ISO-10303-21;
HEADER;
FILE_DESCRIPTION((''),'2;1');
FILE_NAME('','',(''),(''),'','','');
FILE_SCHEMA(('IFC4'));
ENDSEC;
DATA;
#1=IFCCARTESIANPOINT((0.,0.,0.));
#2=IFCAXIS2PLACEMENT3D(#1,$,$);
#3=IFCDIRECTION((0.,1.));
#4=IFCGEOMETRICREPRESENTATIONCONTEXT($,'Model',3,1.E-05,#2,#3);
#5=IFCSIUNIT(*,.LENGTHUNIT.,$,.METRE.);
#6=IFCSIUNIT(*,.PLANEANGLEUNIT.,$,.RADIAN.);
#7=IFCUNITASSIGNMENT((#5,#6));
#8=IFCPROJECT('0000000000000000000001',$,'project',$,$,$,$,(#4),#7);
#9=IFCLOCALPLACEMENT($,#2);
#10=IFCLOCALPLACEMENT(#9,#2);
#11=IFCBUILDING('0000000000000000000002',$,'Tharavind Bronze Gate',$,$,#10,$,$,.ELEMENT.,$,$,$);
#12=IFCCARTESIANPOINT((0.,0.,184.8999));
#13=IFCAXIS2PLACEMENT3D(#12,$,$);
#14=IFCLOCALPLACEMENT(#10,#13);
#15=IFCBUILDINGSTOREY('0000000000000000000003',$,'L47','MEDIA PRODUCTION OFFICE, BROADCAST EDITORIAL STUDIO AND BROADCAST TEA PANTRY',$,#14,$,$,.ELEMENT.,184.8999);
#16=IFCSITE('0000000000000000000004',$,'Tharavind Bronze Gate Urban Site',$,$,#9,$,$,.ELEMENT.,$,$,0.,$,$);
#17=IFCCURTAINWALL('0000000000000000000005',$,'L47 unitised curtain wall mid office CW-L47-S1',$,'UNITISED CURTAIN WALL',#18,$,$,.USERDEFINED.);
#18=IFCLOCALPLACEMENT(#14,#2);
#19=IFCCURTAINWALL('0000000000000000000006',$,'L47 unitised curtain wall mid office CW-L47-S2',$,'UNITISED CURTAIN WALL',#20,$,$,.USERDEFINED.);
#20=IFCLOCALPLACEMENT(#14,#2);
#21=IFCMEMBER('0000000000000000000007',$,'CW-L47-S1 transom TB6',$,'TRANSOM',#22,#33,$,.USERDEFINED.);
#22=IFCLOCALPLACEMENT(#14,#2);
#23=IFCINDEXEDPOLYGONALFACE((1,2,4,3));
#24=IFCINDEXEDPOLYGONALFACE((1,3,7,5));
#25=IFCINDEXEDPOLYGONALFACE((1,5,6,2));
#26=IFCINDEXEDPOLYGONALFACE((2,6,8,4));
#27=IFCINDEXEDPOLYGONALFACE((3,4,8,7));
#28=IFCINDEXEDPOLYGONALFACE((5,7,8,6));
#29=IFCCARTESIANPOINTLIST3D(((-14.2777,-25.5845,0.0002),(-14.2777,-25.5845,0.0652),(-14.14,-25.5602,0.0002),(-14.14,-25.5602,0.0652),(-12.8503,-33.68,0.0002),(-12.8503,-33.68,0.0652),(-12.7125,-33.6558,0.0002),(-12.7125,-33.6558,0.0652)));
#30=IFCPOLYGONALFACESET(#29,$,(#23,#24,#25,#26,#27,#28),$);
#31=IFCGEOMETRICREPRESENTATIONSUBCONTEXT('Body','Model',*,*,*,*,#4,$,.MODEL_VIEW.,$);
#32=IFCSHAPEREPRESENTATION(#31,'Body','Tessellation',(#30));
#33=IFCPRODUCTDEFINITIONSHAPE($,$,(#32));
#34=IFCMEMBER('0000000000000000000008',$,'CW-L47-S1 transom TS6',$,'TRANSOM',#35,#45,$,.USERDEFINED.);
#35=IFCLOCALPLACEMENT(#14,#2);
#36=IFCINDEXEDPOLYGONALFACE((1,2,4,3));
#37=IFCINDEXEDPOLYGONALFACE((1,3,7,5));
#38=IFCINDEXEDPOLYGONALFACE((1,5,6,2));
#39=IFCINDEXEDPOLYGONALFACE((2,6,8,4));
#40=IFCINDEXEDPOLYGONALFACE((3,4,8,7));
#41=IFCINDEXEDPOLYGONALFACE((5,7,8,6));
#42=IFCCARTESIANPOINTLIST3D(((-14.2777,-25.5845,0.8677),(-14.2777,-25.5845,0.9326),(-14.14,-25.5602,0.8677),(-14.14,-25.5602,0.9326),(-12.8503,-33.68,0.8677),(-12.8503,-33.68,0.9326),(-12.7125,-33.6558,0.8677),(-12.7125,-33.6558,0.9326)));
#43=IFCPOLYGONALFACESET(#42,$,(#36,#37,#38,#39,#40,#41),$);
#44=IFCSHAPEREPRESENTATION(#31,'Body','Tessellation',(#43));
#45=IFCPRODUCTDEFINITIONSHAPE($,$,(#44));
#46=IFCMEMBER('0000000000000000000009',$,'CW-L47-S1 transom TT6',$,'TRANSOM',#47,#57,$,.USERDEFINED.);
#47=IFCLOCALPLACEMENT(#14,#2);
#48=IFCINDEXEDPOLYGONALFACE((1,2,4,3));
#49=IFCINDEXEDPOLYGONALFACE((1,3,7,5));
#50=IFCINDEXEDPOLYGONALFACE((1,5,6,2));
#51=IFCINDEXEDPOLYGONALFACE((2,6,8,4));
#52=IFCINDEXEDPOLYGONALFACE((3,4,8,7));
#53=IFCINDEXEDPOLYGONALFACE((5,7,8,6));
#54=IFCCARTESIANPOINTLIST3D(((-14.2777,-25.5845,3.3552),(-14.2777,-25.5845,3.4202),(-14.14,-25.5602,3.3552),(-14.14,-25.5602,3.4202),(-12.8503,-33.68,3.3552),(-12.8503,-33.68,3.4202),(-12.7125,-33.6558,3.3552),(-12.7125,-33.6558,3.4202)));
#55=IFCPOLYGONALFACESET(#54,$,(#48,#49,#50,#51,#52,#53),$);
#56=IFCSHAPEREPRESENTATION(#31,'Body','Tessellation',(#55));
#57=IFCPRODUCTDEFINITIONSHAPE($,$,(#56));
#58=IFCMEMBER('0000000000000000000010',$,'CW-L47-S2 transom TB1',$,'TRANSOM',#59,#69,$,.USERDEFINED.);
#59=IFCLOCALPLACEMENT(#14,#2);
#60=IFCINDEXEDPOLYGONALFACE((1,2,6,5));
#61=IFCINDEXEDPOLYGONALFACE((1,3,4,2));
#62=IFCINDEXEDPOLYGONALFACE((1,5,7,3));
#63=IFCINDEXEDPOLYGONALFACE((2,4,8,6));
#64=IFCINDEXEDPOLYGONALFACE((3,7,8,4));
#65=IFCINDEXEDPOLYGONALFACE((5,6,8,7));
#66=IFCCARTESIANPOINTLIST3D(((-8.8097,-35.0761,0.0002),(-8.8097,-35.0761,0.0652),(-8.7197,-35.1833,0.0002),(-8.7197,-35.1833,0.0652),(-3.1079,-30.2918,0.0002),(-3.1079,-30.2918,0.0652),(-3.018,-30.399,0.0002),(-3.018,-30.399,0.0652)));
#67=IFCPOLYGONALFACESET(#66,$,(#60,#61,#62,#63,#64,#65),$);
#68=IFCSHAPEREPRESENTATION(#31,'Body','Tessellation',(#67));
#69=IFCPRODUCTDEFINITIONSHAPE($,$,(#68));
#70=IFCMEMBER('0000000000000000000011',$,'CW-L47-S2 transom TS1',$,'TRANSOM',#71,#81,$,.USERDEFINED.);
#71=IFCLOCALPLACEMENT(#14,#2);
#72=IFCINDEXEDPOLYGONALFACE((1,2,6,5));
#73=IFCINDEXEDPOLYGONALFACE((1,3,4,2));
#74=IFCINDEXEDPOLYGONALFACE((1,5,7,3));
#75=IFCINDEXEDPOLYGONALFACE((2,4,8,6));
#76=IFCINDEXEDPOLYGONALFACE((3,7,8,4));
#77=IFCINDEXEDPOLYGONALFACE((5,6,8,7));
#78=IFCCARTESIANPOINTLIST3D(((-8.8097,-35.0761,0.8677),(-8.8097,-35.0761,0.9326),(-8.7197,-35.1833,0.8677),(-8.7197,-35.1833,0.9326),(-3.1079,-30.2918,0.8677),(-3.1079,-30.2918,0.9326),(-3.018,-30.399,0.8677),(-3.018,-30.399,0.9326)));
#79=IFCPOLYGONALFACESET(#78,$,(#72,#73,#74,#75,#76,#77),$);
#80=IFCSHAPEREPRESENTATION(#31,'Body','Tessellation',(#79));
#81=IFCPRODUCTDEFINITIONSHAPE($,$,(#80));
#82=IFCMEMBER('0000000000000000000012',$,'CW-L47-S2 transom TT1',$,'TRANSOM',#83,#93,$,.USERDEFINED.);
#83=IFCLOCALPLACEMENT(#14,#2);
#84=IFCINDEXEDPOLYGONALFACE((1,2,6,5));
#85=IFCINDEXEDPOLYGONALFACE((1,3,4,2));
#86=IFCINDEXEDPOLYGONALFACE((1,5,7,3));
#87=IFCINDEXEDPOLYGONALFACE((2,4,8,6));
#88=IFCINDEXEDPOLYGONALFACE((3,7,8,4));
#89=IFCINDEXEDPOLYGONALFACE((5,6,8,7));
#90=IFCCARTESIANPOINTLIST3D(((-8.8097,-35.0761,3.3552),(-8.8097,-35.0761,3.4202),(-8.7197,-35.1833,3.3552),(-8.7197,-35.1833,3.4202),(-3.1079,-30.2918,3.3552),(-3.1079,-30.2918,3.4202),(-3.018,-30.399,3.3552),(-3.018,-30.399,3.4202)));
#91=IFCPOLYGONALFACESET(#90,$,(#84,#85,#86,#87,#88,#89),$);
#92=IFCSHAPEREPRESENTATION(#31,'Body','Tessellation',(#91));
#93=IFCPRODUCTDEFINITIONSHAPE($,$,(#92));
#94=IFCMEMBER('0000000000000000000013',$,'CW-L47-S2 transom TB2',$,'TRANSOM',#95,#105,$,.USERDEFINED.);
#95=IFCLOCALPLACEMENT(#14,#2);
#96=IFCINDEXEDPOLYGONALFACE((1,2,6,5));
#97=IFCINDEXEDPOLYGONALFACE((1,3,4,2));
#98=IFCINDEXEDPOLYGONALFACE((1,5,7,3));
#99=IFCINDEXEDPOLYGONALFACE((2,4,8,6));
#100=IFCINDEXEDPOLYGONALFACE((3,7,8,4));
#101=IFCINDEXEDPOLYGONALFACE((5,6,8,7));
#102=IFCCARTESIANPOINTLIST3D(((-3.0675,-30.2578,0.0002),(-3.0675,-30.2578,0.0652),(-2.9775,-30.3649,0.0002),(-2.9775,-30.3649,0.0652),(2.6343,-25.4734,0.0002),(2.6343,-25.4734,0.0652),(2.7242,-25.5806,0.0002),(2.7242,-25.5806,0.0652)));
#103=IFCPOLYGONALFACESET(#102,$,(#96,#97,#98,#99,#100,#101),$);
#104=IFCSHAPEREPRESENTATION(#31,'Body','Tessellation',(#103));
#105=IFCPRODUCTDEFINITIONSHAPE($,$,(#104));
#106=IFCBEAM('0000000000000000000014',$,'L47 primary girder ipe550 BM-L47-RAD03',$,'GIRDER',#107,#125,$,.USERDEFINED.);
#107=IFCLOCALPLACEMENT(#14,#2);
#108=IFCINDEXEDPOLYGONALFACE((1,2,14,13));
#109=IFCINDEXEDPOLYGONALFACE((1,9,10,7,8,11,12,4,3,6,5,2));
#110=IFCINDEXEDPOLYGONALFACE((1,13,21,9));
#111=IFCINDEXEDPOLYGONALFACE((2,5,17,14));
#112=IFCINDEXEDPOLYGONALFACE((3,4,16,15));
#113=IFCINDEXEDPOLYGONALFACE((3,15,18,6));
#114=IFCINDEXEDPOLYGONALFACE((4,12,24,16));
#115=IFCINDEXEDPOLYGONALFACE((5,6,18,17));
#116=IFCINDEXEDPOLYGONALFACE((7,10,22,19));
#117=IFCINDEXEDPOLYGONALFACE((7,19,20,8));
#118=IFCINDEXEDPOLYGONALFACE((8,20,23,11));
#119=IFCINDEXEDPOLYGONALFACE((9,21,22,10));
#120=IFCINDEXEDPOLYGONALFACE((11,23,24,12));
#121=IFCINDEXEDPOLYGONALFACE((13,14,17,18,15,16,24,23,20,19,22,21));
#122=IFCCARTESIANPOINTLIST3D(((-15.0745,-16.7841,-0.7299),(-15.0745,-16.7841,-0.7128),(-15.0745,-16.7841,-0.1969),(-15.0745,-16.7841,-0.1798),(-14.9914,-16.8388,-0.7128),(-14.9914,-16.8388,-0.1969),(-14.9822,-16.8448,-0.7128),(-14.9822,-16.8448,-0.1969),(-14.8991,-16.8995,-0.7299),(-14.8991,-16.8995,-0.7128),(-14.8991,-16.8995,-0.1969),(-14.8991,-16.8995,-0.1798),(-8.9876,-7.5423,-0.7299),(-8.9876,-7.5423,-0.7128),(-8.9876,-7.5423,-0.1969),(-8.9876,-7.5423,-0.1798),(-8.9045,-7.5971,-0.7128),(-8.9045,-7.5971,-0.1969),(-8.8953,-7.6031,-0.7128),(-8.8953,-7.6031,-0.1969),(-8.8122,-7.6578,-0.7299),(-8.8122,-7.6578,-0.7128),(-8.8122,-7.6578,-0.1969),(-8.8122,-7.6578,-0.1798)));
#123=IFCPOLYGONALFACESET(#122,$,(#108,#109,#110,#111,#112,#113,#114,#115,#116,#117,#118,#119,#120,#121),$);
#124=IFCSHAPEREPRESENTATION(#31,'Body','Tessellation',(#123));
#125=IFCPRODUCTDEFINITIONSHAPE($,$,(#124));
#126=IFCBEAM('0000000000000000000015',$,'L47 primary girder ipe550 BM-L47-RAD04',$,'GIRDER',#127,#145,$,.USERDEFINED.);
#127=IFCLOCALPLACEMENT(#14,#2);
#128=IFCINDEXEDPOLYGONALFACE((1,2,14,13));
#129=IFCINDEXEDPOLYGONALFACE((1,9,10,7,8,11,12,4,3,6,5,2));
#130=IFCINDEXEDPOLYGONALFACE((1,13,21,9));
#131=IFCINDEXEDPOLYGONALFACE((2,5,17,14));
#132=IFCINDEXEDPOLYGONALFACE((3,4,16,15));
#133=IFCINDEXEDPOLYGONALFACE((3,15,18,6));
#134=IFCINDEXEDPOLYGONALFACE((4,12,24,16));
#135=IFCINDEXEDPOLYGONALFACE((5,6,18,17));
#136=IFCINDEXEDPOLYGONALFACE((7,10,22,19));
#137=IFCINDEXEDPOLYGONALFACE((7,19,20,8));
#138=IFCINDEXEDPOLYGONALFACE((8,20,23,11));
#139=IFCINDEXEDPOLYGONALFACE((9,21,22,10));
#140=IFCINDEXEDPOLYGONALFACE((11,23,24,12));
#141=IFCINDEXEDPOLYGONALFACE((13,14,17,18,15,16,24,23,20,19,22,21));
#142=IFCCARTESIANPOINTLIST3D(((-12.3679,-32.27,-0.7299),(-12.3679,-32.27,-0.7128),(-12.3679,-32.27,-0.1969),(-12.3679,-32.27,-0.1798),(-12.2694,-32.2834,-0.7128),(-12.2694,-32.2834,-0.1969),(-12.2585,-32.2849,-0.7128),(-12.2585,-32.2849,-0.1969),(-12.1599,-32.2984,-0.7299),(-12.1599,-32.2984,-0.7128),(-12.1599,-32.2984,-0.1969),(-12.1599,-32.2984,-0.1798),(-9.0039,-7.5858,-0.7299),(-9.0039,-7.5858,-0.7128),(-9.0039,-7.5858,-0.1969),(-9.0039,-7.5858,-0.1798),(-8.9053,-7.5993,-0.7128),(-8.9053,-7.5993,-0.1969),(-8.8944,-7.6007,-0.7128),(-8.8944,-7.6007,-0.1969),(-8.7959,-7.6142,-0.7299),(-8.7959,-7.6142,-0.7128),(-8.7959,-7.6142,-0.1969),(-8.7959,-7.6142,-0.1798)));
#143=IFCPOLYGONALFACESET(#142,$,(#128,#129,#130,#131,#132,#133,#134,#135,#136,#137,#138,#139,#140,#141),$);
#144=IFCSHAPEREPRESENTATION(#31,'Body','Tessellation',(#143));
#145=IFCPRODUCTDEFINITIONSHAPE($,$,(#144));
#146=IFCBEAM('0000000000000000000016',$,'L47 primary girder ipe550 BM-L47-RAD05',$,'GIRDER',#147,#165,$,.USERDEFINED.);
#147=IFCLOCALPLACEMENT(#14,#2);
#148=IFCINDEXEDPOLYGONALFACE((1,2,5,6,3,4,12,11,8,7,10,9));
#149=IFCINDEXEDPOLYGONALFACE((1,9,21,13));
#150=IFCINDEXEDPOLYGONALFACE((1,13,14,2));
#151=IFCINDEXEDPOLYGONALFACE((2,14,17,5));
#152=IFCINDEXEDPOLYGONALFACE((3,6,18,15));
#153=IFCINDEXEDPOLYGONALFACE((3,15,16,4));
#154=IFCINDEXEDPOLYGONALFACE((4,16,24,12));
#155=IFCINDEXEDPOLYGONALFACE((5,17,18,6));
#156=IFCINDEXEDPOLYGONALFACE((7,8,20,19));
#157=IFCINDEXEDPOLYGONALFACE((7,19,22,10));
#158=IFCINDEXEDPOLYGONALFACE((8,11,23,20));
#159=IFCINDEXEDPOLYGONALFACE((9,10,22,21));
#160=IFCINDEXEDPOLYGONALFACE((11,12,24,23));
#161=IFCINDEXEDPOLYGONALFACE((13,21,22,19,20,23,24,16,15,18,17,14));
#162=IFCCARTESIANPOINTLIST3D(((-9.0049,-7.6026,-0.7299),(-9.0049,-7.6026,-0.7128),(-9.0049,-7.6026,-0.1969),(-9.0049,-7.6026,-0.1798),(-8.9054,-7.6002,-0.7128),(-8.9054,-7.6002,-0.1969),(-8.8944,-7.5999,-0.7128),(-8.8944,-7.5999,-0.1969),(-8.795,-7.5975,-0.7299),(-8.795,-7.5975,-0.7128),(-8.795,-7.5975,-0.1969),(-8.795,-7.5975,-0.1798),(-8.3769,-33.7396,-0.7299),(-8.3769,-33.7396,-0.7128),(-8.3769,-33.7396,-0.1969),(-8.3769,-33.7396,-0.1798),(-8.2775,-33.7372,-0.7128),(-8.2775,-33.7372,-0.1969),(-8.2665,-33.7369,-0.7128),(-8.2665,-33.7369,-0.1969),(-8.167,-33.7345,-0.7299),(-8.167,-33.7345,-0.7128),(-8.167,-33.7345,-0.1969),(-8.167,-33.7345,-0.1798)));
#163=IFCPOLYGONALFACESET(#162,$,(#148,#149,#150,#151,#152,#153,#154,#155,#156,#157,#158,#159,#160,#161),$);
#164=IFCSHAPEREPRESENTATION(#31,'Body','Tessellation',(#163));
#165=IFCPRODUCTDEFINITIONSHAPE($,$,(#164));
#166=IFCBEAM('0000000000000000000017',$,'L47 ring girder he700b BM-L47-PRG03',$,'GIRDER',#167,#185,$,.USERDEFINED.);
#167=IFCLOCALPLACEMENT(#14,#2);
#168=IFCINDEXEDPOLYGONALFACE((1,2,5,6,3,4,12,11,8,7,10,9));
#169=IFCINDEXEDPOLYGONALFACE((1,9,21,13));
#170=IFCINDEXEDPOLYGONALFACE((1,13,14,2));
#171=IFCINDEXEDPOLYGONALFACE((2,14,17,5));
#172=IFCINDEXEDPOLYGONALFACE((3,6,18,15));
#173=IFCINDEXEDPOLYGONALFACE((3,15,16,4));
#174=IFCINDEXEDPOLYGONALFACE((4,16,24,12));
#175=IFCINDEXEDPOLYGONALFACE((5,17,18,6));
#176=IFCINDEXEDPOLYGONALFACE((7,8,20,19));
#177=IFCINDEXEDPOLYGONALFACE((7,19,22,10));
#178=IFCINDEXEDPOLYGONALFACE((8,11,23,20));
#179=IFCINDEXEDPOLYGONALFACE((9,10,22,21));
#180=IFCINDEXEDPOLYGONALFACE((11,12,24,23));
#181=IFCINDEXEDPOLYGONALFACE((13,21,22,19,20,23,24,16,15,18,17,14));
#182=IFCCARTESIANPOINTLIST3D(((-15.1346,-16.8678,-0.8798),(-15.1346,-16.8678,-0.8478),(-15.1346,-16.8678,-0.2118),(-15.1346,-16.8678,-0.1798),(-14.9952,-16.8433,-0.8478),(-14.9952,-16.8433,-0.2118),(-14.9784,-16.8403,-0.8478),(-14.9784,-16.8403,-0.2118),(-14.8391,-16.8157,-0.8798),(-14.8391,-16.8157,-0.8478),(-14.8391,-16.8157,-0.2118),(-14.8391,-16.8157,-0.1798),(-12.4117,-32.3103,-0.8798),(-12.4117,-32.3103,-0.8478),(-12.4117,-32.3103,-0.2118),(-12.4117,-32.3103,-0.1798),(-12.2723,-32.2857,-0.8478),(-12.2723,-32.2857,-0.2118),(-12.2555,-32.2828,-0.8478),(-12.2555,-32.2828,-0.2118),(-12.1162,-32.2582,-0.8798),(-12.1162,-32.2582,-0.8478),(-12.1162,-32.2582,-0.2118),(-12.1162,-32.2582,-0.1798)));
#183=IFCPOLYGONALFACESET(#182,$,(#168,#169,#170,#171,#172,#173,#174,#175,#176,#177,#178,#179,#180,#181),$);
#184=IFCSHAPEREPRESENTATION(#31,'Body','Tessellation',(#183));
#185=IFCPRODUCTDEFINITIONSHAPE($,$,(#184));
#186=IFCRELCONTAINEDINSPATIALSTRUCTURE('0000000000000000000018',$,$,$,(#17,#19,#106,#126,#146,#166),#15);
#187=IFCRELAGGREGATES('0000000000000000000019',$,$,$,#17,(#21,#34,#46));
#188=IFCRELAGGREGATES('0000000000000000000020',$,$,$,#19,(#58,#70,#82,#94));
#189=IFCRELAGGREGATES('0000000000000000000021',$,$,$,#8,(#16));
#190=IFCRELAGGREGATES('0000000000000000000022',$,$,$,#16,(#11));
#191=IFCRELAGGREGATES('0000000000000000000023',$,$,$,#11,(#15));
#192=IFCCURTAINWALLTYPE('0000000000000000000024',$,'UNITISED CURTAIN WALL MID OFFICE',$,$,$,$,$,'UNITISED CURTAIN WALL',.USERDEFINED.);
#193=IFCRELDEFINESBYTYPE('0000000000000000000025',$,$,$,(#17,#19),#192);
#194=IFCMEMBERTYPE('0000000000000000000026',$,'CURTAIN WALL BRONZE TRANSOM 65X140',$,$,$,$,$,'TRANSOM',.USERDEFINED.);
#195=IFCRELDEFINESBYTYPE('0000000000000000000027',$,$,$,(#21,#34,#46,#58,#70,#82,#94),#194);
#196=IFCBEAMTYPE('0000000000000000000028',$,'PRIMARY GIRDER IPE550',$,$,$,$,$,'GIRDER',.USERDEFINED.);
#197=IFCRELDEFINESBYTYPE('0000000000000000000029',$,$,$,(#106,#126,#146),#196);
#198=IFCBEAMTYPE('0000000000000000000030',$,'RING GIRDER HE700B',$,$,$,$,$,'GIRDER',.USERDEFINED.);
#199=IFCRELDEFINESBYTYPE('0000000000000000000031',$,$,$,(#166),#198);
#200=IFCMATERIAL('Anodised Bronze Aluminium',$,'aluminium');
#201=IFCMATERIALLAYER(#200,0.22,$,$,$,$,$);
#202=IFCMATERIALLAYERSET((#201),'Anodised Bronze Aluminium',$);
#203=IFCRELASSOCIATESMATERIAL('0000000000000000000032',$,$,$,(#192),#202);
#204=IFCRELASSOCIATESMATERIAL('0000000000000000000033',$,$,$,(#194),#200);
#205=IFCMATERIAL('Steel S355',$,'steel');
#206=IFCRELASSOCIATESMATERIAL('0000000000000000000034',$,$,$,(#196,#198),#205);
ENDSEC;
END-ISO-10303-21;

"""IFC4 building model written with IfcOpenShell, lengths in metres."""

from ifc_helpers import new_model, si_unit, direction, frame, origin, origin_2d, place, context, subcontext, project, spatial, rectangle, i_section, extrude, material, layer, layer_set, material_profile, profile_set, type_object, element, aggregate, save


model = new_model("IFC4")

# Units and contexts
model_context = context("Model", 3, precision=1e-05, world=origin(), true_north=direction((0.0, 1.0)))
body_context = subcontext(model_context, "Body", "Model", "MODEL_VIEW")
ifc_project = project(units=[si_unit("LENGTHUNIT", "METRE"), si_unit("PLANEANGLEUNIT", "RADIAN")], contexts=[model_context])

# Site, building, storey
site_placement = place(None, origin())
site = spatial("IfcSite", under=ifc_project, at=site_placement, Name="Tharavind Bronze Gate Urban Site", CompositionType="ELEMENT", RefElevation=0.0)
building_placement = place(site_placement, origin())
building = spatial("IfcBuilding", under=site, at=building_placement, Name="Tharavind Bronze Gate", CompositionType="ELEMENT")
storey_placement = place(building_placement, frame((0.0, 0.0, 184.8999)))
storey = spatial("IfcBuildingStorey", under=building, at=storey_placement, Name="L47", Description="MEDIA PRODUCTION OFFICE, BROADCAST EDITORIAL STUDIO AND BROADCAST TEA PANTRY", CompositionType="ELEMENT", Elevation=184.8999)

# Curtain walls
ifc_material_1 = material(Name="Anodised Bronze Aluminium", Category="aluminium")
ifc_layer_1 = layer(ifc_material_1, 0.22)
ifc_layer_set_1 = layer_set([ifc_layer_1], Name="Anodised Bronze Aluminium")
curtain_wall_type = type_object("IfcCurtainWallType", Name="UNITISED CURTAIN WALL MID OFFICE", ElementType="UNITISED CURTAIN WALL", PredefinedType="USERDEFINED", material=ifc_layer_set_1)
curtain_wall_1_placement = place(storey_placement, origin())
curtain_wall_1 = element("IfcCurtainWall", 1, at=curtain_wall_1_placement, inside=storey, type_object=curtain_wall_type, Name="L47 unitised curtain wall mid office CW-L47-S1", ObjectType="UNITISED CURTAIN WALL", PredefinedType="USERDEFINED")
curtain_wall_2_placement = place(storey_placement, origin())
curtain_wall_2 = element("IfcCurtainWall", 2, at=curtain_wall_2_placement, inside=storey, type_object=curtain_wall_type, Name="L47 unitised curtain wall mid office CW-L47-S2", ObjectType="UNITISED CURTAIN WALL", PredefinedType="USERDEFINED")

# Members
member_type_1 = type_object("IfcMemberType", Name="CURTAIN WALL BRONZE TRANSOM 65X140", ElementType="TRANSOM", PredefinedType="USERDEFINED", material=ifc_material_1)
member_1_placement = place(storey_placement, frame((-13.4951, -29.6201, 0.0002), z_axis=(0.0, 0.0, 1.0), x_axis=(0.173648, -0.984808, 0.0)))
member_1 = element("IfcMember", 3, at=member_1_placement, type_object=member_type_1, Name="CW-L47-S1 transom TB6", ObjectType="TRANSOM", PredefinedType="USERDEFINED", context=body_context, shape_type="SweptSolid", body=[
    extrude(rectangle(XDim=8.2205, YDim=0.1399, at=origin_2d()), origin(), (0.0, 0.0, 1.0), 0.0649),
])
member_2_placement = place(storey_placement, frame((-13.4951, -29.6201, 0.8677), z_axis=(0.0, 0.0, 1.0), x_axis=(0.173648, -0.984808, 0.0)))
member_2 = element("IfcMember", 4, at=member_2_placement, type_object=member_type_1, Name="CW-L47-S1 transom TS6", ObjectType="TRANSOM", PredefinedType="USERDEFINED", context=body_context, shape_type="SweptSolid", body=[
    extrude(rectangle(XDim=8.2205, YDim=0.1399, at=origin_2d()), origin(), (0.0, 0.0, 1.0), 0.0649),
])
member_3_placement = place(storey_placement, frame((-13.4951, -29.6201, 3.3552), z_axis=(0.0, 0.0, 1.0), x_axis=(0.173648, -0.984808, 0.0)))
member_3 = element("IfcMember", 5, at=member_3_placement, type_object=member_type_1, Name="CW-L47-S1 transom TT6", ObjectType="TRANSOM", PredefinedType="USERDEFINED", context=body_context, shape_type="SweptSolid", body=[
    extrude(rectangle(XDim=8.2205, YDim=0.1399, at=origin_2d()), origin(), (0.0, 0.0, 1.0), 0.0649),
])
member_4_placement = place(storey_placement, frame((-5.9138, -32.7375, 0.0002), z_axis=(0.0, 0.0, 1.0), x_axis=(0.766043, 0.642789, 0.0)))
member_4 = element("IfcMember", 6, at=member_4_placement, type_object=member_type_1, Name="CW-L47-S2 transom TB1", ObjectType="TRANSOM", PredefinedType="USERDEFINED", context=body_context, shape_type="SweptSolid", body=[
    extrude(rectangle(XDim=7.4431, YDim=0.1399, at=origin_2d()), origin(), (0.0, 0.0, 1.0), 0.0649),
])
member_5_placement = place(storey_placement, frame((-5.9138, -32.7375, 0.8677), z_axis=(0.0, 0.0, 1.0), x_axis=(0.766043, 0.642789, 0.0)))
member_5 = element("IfcMember", 7, at=member_5_placement, type_object=member_type_1, Name="CW-L47-S2 transom TS1", ObjectType="TRANSOM", PredefinedType="USERDEFINED", context=body_context, shape_type="SweptSolid", body=[
    extrude(rectangle(XDim=7.4431, YDim=0.1399, at=origin_2d()), origin(), (0.0, 0.0, 1.0), 0.0649),
])
member_6_placement = place(storey_placement, frame((-5.9138, -32.7375, 3.3552), z_axis=(0.0, 0.0, 1.0), x_axis=(0.766043, 0.642789, 0.0)))
member_6 = element("IfcMember", 8, at=member_6_placement, type_object=member_type_1, Name="CW-L47-S2 transom TT1", ObjectType="TRANSOM", PredefinedType="USERDEFINED", context=body_context, shape_type="SweptSolid", body=[
    extrude(rectangle(XDim=7.4431, YDim=0.1399, at=origin_2d()), origin(), (0.0, 0.0, 1.0), 0.0649),
])
member_7_placement = place(storey_placement, frame((-0.1716, -27.9192, 0.0002), z_axis=(0.0, 0.0, 1.0), x_axis=(0.766043, 0.642789, 0.0)))
member_7 = element("IfcMember", 9, at=member_7_placement, type_object=member_type_1, Name="CW-L47-S2 transom TB2", ObjectType="TRANSOM", PredefinedType="USERDEFINED", context=body_context, shape_type="SweptSolid", body=[
    extrude(rectangle(XDim=7.4431, YDim=0.1399, at=origin_2d()), origin(), (0.0, 0.0, 1.0), 0.0649),
])

# Beams
ifc_material_2 = material(Name="Steel S355", Category="steel")
ifc_material_profile_1 = material_profile(ifc_material_2, i_section(OverallWidth=0.21, OverallDepth=0.55, WebThickness=0.011, FlangeThickness=0.0171, at=origin_2d()), Name="IPE550")
ifc_profile_set_1 = profile_set([ifc_material_profile_1], Name="Steel S355")
beam_type_1 = type_object("IfcBeamType", Name="PRIMARY GIRDER IPE550", ElementType="GIRDER", PredefinedType="USERDEFINED", material=ifc_profile_set_1)
beam_1_placement = place(storey_placement, frame((-14.9868, -16.8418, -0.4548), z_axis=(0.550048, 0.835133, 0.0), x_axis=(-0.835133, 0.550048, 0.0)))
element("IfcBeam", 10, at=beam_1_placement, inside=storey, type_object=beam_type_1, Name="L47 primary girder ipe550 BM-L47-RAD03", ObjectType="GIRDER", PredefinedType="USERDEFINED", context=body_context, shape_type="SweptSolid", body=[
    extrude(i_section(OverallWidth=0.21, OverallDepth=0.55, WebThickness=0.011, FlangeThickness=0.0171, at=origin_2d()), origin(), (0.0, 0.0, 1.0), 11.0662),
])
beam_2_placement = place(storey_placement, frame((-12.2639, -32.2842, -0.4548), z_axis=(0.135034, 0.990841, 0.0), x_axis=(-0.990841, 0.135034, 0.0)))
element("IfcBeam", 11, at=beam_2_placement, inside=storey, type_object=beam_type_1, Name="L47 primary girder ipe550 BM-L47-RAD04", ObjectType="GIRDER", PredefinedType="USERDEFINED", context=body_context, shape_type="SweptSolid", body=[
    extrude(i_section(OverallWidth=0.21, OverallDepth=0.55, WebThickness=0.011, FlangeThickness=0.0171, at=origin_2d()), origin(), (0.0, 0.0, 1.0), 24.9124),
])
beam_3_placement = place(storey_placement, frame((-8.272, -33.7371, -0.4548), z_axis=(-0.024018, 0.999712, 0.0), x_axis=(-0.999712, -0.024018, 0.0)))
element("IfcBeam", 12, at=beam_3_placement, inside=storey, type_object=beam_type_1, Name="L47 primary girder ipe550 BM-L47-RAD05", ObjectType="GIRDER", PredefinedType="USERDEFINED", context=body_context, shape_type="SweptSolid", body=[
    extrude(i_section(OverallWidth=0.21, OverallDepth=0.55, WebThickness=0.011, FlangeThickness=0.0171, at=origin_2d()), origin(), (0.0, 0.0, 1.0), 26.1445),
])
ifc_material_profile_2 = material_profile(ifc_material_2, i_section(OverallWidth=0.3, OverallDepth=0.7, WebThickness=0.0171, FlangeThickness=0.032, at=origin_2d()), Name="HE700B")
ifc_profile_set_2 = profile_set([ifc_material_profile_2], Name="Steel S355")
beam_type_2 = type_object("IfcBeamType", Name="RING GIRDER HE700B", ElementType="GIRDER", PredefinedType="USERDEFINED", material=ifc_profile_set_2)
beam_4_placement = place(storey_placement, frame((-14.9868, -16.8418, -0.5298), z_axis=(0.173648, -0.984808, 0.0), x_axis=(0.984808, 0.173648, 0.0)))
element("IfcBeam", 13, at=beam_4_placement, inside=storey, type_object=beam_type_2, Name="L47 ring girder he700b BM-L47-PRG03", ObjectType="GIRDER", PredefinedType="USERDEFINED", context=body_context, shape_type="SweptSolid", body=[
    extrude(i_section(OverallWidth=0.3, OverallDepth=0.7, WebThickness=0.0171, FlangeThickness=0.032, at=origin_2d()), origin(), (0.0, 0.0, 1.0), 15.6807),
])

aggregate(curtain_wall_1, [member_1, member_2, member_3])
aggregate(curtain_wall_2, [member_4, member_5, member_6, member_7])

save(model, "model.ifc")
